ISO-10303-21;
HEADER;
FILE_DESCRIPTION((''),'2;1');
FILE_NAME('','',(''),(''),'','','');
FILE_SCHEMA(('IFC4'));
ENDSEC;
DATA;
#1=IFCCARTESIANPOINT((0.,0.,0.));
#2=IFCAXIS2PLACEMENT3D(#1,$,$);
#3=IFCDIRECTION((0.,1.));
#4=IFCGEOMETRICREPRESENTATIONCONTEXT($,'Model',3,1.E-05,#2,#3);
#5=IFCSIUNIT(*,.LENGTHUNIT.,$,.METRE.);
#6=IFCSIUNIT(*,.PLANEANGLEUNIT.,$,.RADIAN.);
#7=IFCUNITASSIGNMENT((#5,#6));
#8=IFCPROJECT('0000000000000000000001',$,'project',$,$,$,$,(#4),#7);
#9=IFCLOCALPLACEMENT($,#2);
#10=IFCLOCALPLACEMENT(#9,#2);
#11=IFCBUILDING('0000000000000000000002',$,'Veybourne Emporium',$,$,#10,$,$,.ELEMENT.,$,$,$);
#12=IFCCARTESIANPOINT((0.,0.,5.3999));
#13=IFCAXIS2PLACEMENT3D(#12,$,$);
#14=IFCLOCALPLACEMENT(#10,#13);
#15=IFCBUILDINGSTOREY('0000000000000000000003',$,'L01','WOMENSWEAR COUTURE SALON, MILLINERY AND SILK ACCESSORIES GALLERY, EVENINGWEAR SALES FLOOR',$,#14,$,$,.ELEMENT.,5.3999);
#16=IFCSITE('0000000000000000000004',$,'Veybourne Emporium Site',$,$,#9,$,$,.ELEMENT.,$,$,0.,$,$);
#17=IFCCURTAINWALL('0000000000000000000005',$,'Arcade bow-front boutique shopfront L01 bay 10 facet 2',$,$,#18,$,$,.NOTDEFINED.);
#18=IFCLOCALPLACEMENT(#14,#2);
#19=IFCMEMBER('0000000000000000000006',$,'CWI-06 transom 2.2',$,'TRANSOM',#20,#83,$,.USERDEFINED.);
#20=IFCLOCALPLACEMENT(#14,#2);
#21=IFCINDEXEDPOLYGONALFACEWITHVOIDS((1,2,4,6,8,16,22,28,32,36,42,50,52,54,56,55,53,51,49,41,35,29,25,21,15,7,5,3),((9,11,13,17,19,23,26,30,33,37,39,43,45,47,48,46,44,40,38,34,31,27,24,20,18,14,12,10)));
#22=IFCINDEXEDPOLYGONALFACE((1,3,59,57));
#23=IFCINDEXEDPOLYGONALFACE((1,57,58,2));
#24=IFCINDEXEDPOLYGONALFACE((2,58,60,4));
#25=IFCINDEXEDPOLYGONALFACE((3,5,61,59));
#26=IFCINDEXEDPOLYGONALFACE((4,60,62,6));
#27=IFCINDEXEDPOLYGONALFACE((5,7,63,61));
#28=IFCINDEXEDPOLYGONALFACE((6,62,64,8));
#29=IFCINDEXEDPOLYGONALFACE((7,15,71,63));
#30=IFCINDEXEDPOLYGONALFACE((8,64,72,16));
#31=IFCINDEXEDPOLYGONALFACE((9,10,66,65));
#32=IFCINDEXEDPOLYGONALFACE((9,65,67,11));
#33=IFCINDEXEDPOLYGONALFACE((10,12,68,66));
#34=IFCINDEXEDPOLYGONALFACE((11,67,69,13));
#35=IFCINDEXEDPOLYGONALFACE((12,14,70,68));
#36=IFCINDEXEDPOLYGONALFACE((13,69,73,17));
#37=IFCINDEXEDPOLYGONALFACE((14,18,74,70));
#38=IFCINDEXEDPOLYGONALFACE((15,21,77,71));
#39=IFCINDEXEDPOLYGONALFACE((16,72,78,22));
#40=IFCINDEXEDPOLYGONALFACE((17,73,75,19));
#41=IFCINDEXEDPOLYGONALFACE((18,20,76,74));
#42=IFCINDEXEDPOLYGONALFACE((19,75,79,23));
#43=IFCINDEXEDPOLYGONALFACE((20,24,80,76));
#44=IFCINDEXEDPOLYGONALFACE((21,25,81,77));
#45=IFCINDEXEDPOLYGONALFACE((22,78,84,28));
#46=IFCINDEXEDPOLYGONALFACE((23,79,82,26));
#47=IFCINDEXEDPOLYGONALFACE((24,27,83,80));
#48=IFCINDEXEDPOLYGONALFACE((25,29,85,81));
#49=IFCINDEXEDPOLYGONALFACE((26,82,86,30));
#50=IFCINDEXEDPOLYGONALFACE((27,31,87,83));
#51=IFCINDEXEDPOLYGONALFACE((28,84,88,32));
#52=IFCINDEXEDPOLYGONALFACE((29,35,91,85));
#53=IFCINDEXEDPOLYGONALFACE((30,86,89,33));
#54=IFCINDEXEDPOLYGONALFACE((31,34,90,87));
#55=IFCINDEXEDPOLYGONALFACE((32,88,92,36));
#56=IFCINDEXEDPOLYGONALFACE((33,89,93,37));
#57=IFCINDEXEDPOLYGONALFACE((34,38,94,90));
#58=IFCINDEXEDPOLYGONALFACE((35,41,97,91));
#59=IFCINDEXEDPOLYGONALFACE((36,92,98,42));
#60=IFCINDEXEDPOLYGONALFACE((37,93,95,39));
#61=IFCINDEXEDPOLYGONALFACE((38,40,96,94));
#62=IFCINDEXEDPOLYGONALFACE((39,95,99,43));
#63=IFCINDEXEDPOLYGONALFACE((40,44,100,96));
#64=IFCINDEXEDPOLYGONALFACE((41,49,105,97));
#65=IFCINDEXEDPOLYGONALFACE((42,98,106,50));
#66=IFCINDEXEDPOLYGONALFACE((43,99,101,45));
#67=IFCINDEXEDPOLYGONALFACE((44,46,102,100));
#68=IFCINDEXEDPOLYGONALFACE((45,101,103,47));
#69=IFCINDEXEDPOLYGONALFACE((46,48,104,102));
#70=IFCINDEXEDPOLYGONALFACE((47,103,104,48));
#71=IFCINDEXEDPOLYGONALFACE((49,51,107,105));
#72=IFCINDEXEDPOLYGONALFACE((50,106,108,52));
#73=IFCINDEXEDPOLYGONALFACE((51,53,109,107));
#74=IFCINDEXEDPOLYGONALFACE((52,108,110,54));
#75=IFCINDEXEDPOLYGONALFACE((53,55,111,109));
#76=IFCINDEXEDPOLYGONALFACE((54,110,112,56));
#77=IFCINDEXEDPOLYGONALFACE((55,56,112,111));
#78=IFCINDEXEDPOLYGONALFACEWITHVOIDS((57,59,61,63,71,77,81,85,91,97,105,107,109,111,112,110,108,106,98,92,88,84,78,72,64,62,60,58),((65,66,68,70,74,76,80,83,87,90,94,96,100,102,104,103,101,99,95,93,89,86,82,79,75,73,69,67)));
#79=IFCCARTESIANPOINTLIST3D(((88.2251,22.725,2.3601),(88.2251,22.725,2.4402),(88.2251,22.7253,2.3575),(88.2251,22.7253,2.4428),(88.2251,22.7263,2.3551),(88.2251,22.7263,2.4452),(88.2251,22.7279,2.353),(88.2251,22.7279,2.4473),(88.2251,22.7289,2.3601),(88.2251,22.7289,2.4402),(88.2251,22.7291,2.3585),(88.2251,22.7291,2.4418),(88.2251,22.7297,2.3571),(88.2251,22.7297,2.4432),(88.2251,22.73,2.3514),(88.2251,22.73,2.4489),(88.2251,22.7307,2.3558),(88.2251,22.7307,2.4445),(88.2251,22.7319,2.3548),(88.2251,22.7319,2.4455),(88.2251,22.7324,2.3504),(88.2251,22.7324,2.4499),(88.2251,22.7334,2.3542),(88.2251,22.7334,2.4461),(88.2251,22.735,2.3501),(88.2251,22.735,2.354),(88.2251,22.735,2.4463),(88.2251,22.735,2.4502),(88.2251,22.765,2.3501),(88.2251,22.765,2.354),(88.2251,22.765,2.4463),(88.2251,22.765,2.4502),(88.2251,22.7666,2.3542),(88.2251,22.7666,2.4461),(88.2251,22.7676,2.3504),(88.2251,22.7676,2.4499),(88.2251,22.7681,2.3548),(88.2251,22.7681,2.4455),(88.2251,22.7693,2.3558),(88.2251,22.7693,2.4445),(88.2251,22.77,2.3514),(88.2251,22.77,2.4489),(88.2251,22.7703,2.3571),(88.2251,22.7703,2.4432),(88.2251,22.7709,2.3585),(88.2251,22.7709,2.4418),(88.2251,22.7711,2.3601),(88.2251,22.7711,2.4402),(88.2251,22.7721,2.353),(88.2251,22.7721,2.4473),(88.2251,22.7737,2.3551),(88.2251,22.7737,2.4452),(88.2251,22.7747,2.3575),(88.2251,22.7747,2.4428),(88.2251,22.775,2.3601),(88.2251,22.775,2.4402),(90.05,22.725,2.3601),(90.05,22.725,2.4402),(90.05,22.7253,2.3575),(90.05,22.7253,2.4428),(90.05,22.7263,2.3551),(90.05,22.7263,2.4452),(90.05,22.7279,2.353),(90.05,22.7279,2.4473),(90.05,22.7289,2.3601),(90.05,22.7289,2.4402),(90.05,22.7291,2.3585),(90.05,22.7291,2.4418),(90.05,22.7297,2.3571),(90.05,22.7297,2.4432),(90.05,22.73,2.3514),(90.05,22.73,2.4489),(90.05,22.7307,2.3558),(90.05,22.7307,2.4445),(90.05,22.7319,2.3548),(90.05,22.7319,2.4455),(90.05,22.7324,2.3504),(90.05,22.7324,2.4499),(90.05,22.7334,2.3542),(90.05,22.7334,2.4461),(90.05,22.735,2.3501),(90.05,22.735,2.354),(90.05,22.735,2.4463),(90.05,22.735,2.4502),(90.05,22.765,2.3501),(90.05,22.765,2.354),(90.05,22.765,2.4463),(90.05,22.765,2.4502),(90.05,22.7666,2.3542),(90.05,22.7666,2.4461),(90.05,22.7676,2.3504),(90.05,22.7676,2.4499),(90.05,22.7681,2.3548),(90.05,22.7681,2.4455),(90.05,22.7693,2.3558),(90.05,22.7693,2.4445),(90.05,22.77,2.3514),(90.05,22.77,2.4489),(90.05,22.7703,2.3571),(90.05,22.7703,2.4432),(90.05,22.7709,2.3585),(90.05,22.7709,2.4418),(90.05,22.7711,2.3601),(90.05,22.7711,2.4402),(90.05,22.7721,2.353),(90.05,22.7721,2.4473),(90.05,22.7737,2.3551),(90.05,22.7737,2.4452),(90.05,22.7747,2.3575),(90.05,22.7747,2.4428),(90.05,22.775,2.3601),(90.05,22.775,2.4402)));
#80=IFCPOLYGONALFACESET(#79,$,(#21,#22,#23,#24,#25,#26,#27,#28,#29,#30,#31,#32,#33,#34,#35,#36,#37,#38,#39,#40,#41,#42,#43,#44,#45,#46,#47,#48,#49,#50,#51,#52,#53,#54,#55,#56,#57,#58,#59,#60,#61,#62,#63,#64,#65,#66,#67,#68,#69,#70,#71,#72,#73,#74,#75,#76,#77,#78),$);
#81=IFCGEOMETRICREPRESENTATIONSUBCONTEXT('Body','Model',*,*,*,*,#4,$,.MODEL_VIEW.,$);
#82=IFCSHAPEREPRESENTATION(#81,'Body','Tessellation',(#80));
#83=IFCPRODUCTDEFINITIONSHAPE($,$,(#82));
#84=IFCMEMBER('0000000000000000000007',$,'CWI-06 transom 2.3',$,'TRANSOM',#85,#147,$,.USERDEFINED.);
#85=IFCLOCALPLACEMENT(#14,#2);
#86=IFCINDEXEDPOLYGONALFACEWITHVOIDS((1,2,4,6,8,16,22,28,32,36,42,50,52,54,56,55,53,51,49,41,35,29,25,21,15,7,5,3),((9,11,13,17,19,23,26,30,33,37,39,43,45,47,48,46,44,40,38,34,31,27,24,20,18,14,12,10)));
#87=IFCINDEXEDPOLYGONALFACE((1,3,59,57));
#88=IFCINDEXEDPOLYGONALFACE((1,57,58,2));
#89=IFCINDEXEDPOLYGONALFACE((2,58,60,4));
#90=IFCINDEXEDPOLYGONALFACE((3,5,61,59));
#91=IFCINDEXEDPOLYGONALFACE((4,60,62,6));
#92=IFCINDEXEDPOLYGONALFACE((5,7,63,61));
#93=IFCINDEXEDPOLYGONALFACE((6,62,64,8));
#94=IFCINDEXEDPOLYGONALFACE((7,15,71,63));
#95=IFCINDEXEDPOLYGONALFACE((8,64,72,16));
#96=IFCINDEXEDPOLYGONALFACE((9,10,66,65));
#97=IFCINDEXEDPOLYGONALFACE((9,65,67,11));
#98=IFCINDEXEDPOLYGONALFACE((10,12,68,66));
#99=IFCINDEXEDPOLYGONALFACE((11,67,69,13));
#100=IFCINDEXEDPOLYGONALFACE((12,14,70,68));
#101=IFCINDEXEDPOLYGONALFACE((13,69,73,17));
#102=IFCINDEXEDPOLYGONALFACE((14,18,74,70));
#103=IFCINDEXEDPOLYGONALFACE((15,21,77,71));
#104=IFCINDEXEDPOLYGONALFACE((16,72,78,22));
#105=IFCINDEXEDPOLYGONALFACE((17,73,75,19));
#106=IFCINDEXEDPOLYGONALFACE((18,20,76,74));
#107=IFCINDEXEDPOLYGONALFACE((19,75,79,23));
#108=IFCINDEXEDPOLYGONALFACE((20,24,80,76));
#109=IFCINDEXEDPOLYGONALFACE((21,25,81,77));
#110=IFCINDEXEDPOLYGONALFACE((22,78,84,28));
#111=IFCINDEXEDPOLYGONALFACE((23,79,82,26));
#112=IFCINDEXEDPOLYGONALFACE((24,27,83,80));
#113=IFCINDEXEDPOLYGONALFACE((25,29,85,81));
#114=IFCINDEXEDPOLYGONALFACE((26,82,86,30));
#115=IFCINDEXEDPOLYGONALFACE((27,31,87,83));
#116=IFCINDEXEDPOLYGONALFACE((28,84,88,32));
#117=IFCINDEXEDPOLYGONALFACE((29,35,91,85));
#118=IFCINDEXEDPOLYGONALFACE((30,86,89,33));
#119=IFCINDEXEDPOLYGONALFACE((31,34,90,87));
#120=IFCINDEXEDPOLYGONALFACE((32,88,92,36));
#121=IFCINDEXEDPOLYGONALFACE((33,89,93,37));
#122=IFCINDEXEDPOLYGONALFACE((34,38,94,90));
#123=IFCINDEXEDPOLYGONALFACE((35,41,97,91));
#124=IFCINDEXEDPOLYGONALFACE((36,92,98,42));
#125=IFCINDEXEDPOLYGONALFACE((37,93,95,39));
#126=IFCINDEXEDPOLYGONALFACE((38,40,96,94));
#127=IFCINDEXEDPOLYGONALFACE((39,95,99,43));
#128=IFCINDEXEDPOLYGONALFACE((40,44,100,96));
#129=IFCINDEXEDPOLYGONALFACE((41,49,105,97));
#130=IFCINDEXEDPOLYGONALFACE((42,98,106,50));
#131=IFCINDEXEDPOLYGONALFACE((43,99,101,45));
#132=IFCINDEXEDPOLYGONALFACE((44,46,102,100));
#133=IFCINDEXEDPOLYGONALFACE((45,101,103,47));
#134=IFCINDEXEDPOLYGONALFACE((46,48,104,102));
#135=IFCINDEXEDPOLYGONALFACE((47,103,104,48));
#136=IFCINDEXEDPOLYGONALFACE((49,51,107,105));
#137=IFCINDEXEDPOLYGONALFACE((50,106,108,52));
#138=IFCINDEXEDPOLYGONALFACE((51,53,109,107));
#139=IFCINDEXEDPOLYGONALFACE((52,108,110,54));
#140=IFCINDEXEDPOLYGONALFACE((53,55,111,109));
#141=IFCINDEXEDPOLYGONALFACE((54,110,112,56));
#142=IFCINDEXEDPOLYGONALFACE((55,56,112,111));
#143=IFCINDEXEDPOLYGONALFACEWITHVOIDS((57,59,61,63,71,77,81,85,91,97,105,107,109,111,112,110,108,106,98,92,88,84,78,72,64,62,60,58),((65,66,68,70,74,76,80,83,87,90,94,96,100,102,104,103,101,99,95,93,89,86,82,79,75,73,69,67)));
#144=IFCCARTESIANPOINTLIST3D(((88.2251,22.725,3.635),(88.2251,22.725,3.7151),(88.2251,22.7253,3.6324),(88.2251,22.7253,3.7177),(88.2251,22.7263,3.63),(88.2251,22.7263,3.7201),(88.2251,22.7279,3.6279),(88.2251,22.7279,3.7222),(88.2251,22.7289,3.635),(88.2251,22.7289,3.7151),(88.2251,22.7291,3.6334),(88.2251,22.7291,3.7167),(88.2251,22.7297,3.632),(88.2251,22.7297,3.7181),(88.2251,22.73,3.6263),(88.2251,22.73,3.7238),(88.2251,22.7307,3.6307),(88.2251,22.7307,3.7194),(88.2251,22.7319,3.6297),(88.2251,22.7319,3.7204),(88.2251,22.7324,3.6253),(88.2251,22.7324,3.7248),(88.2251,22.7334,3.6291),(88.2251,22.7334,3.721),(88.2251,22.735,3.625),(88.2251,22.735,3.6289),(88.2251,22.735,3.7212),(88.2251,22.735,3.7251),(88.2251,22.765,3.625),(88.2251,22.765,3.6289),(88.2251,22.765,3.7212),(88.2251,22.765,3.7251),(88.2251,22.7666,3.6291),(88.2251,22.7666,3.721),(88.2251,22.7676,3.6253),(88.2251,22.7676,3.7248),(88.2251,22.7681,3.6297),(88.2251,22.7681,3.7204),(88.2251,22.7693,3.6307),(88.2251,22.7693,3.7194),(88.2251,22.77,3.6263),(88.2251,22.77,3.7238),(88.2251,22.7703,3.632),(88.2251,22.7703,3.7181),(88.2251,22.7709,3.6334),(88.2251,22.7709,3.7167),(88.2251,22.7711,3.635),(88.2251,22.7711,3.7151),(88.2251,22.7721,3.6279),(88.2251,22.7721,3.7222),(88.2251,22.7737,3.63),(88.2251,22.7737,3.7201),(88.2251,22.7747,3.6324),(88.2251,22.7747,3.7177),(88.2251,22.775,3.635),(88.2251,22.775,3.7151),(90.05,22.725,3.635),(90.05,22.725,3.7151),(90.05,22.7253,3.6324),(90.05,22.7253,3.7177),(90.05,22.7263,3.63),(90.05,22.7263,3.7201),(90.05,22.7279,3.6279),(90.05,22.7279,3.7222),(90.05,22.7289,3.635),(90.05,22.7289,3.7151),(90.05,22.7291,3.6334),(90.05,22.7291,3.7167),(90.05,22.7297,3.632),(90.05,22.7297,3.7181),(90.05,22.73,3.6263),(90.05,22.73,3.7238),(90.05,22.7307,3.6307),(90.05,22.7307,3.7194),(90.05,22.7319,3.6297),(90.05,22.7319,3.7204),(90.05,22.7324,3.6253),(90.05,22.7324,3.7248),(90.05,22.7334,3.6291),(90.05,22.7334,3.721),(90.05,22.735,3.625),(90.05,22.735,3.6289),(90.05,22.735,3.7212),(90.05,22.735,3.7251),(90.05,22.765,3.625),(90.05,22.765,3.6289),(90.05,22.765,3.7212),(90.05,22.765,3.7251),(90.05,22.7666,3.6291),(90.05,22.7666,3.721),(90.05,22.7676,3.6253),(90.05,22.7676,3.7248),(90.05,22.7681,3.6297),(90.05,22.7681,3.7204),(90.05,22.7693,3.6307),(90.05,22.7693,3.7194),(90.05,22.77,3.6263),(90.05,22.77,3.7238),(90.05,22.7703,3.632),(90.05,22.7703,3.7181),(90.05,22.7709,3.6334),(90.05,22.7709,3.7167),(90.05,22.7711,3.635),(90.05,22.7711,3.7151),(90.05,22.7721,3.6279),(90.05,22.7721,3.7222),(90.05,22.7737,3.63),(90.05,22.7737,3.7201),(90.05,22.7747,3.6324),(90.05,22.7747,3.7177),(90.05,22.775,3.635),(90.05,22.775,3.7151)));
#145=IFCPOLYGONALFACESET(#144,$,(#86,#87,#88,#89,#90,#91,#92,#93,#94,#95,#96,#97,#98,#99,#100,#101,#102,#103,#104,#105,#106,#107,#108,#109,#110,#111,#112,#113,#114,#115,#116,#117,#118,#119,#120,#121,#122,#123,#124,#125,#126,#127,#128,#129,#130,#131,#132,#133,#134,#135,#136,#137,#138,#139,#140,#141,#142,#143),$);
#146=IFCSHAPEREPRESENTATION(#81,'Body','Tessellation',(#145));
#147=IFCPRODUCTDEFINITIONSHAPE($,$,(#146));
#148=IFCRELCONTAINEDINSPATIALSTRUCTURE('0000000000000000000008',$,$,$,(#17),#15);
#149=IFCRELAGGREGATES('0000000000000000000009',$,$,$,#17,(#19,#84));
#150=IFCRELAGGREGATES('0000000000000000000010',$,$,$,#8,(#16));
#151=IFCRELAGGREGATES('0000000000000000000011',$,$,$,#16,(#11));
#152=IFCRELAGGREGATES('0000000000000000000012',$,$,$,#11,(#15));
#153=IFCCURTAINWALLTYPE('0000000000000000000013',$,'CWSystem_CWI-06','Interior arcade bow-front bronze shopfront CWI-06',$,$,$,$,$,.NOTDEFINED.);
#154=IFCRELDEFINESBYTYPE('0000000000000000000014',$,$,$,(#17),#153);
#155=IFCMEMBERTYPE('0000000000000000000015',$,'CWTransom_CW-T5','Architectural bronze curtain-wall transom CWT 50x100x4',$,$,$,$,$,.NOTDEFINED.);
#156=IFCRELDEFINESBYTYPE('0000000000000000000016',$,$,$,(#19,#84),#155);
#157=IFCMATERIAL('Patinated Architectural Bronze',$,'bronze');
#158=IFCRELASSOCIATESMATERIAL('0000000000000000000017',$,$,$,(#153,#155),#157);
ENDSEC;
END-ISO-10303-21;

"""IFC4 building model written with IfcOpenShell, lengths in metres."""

from ifc_helpers import new_model, si_unit, direction, frame, origin, origin_2d, place, context, subcontext, project, spatial, hollow_rectangle, extrude, material, material_profile, profile_set, type_object, element, aggregate, save


model = new_model("IFC4")

# Units and contexts
model_context = context("Model", 3, precision=1e-05, world=origin(), true_north=direction((0.0, 1.0)))
body_context = subcontext(model_context, "Body", "Model", "MODEL_VIEW")
ifc_project = project(units=[si_unit("LENGTHUNIT", "METRE"), si_unit("PLANEANGLEUNIT", "RADIAN")], contexts=[model_context])

# Site, building, storey
site_placement = place(None, origin())
site = spatial("IfcSite", under=ifc_project, at=site_placement, Name="Veybourne Emporium Site", CompositionType="ELEMENT", RefElevation=0.0)
building_placement = place(site_placement, origin())
building = spatial("IfcBuilding", under=site, at=building_placement, Name="Veybourne Emporium", CompositionType="ELEMENT")
storey_placement = place(building_placement, frame((0.0, 0.0, 5.3999)))
storey = spatial("IfcBuildingStorey", under=building, at=storey_placement, Name="L01", Description="WOMENSWEAR COUTURE SALON, MILLINERY AND SILK ACCESSORIES GALLERY, EVENINGWEAR SALES FLOOR", CompositionType="ELEMENT", Elevation=5.3999)

# Curtain wall
ifc_material_1 = material(Name="Patinated Architectural Bronze", Category="bronze")
curtain_wall_type_1 = type_object("IfcCurtainWallType", Name="CWSystem_CWI-06", Description="Interior arcade bow-front bronze shopfront CWI-06", PredefinedType="NOTDEFINED", material=ifc_material_1)
curtain_wall_1_placement = place(storey_placement, origin())
curtain_wall_1 = element("IfcCurtainWall", 1, at=curtain_wall_1_placement, inside=storey, type_object=curtain_wall_type_1, Name="Arcade bow-front boutique shopfront L01 bay 10 facet 2", PredefinedType="NOTDEFINED")

# Members
ifc_material_profile_1 = material_profile(ifc_material_1, hollow_rectangle(XDim=0.05, YDim=0.1001, WallThickness=0.0039, InnerFilletRadius=0.0061, OuterFilletRadius=0.01, at=origin_2d()), Name="CWT 50x100x4")
ifc_profile_set_1 = profile_set([ifc_material_profile_1], Name="Patinated Architectural Bronze")
member_type_1 = type_object("IfcMemberType", Name="CWTransom_CW-T5", Description="Architectural bronze curtain-wall transom CWT 50x100x4", PredefinedType="NOTDEFINED", material=ifc_profile_set_1)
member_1_placement = place(storey_placement, frame((88.2251, 22.75, 2.4001), z_axis=(1.0, 0.0, 0.0), x_axis=(0.0, 1.0, 0.0)))
member_1 = element("IfcMember", 2, at=member_1_placement, type_object=member_type_1, Name="CWI-06 transom 2.2", ObjectType="TRANSOM", PredefinedType="USERDEFINED", context=body_context, shape_type="SweptSolid", body=[
    extrude(hollow_rectangle(XDim=0.05, YDim=0.1001, WallThickness=0.0039, InnerFilletRadius=0.0061, OuterFilletRadius=0.01, at=origin_2d()), origin(), (0.0, 0.0, 1.0), 1.825),
])
member_2_placement = place(storey_placement, frame((88.2251, 22.75, 3.675), z_axis=(1.0, 0.0, 0.0), x_axis=(0.0, 1.0, 0.0)))
member_2 = element("IfcMember", 3, at=member_2_placement, type_object=member_type_1, Name="CWI-06 transom 2.3", ObjectType="TRANSOM", PredefinedType="USERDEFINED", context=body_context, shape_type="SweptSolid", body=[
    extrude(hollow_rectangle(XDim=0.05, YDim=0.1001, WallThickness=0.0039, InnerFilletRadius=0.0061, OuterFilletRadius=0.01, at=origin_2d()), origin(), (0.0, 0.0, 1.0), 1.825),
])

aggregate(curtain_wall_1, [member_1, member_2])

save(model, "model.ifc")
